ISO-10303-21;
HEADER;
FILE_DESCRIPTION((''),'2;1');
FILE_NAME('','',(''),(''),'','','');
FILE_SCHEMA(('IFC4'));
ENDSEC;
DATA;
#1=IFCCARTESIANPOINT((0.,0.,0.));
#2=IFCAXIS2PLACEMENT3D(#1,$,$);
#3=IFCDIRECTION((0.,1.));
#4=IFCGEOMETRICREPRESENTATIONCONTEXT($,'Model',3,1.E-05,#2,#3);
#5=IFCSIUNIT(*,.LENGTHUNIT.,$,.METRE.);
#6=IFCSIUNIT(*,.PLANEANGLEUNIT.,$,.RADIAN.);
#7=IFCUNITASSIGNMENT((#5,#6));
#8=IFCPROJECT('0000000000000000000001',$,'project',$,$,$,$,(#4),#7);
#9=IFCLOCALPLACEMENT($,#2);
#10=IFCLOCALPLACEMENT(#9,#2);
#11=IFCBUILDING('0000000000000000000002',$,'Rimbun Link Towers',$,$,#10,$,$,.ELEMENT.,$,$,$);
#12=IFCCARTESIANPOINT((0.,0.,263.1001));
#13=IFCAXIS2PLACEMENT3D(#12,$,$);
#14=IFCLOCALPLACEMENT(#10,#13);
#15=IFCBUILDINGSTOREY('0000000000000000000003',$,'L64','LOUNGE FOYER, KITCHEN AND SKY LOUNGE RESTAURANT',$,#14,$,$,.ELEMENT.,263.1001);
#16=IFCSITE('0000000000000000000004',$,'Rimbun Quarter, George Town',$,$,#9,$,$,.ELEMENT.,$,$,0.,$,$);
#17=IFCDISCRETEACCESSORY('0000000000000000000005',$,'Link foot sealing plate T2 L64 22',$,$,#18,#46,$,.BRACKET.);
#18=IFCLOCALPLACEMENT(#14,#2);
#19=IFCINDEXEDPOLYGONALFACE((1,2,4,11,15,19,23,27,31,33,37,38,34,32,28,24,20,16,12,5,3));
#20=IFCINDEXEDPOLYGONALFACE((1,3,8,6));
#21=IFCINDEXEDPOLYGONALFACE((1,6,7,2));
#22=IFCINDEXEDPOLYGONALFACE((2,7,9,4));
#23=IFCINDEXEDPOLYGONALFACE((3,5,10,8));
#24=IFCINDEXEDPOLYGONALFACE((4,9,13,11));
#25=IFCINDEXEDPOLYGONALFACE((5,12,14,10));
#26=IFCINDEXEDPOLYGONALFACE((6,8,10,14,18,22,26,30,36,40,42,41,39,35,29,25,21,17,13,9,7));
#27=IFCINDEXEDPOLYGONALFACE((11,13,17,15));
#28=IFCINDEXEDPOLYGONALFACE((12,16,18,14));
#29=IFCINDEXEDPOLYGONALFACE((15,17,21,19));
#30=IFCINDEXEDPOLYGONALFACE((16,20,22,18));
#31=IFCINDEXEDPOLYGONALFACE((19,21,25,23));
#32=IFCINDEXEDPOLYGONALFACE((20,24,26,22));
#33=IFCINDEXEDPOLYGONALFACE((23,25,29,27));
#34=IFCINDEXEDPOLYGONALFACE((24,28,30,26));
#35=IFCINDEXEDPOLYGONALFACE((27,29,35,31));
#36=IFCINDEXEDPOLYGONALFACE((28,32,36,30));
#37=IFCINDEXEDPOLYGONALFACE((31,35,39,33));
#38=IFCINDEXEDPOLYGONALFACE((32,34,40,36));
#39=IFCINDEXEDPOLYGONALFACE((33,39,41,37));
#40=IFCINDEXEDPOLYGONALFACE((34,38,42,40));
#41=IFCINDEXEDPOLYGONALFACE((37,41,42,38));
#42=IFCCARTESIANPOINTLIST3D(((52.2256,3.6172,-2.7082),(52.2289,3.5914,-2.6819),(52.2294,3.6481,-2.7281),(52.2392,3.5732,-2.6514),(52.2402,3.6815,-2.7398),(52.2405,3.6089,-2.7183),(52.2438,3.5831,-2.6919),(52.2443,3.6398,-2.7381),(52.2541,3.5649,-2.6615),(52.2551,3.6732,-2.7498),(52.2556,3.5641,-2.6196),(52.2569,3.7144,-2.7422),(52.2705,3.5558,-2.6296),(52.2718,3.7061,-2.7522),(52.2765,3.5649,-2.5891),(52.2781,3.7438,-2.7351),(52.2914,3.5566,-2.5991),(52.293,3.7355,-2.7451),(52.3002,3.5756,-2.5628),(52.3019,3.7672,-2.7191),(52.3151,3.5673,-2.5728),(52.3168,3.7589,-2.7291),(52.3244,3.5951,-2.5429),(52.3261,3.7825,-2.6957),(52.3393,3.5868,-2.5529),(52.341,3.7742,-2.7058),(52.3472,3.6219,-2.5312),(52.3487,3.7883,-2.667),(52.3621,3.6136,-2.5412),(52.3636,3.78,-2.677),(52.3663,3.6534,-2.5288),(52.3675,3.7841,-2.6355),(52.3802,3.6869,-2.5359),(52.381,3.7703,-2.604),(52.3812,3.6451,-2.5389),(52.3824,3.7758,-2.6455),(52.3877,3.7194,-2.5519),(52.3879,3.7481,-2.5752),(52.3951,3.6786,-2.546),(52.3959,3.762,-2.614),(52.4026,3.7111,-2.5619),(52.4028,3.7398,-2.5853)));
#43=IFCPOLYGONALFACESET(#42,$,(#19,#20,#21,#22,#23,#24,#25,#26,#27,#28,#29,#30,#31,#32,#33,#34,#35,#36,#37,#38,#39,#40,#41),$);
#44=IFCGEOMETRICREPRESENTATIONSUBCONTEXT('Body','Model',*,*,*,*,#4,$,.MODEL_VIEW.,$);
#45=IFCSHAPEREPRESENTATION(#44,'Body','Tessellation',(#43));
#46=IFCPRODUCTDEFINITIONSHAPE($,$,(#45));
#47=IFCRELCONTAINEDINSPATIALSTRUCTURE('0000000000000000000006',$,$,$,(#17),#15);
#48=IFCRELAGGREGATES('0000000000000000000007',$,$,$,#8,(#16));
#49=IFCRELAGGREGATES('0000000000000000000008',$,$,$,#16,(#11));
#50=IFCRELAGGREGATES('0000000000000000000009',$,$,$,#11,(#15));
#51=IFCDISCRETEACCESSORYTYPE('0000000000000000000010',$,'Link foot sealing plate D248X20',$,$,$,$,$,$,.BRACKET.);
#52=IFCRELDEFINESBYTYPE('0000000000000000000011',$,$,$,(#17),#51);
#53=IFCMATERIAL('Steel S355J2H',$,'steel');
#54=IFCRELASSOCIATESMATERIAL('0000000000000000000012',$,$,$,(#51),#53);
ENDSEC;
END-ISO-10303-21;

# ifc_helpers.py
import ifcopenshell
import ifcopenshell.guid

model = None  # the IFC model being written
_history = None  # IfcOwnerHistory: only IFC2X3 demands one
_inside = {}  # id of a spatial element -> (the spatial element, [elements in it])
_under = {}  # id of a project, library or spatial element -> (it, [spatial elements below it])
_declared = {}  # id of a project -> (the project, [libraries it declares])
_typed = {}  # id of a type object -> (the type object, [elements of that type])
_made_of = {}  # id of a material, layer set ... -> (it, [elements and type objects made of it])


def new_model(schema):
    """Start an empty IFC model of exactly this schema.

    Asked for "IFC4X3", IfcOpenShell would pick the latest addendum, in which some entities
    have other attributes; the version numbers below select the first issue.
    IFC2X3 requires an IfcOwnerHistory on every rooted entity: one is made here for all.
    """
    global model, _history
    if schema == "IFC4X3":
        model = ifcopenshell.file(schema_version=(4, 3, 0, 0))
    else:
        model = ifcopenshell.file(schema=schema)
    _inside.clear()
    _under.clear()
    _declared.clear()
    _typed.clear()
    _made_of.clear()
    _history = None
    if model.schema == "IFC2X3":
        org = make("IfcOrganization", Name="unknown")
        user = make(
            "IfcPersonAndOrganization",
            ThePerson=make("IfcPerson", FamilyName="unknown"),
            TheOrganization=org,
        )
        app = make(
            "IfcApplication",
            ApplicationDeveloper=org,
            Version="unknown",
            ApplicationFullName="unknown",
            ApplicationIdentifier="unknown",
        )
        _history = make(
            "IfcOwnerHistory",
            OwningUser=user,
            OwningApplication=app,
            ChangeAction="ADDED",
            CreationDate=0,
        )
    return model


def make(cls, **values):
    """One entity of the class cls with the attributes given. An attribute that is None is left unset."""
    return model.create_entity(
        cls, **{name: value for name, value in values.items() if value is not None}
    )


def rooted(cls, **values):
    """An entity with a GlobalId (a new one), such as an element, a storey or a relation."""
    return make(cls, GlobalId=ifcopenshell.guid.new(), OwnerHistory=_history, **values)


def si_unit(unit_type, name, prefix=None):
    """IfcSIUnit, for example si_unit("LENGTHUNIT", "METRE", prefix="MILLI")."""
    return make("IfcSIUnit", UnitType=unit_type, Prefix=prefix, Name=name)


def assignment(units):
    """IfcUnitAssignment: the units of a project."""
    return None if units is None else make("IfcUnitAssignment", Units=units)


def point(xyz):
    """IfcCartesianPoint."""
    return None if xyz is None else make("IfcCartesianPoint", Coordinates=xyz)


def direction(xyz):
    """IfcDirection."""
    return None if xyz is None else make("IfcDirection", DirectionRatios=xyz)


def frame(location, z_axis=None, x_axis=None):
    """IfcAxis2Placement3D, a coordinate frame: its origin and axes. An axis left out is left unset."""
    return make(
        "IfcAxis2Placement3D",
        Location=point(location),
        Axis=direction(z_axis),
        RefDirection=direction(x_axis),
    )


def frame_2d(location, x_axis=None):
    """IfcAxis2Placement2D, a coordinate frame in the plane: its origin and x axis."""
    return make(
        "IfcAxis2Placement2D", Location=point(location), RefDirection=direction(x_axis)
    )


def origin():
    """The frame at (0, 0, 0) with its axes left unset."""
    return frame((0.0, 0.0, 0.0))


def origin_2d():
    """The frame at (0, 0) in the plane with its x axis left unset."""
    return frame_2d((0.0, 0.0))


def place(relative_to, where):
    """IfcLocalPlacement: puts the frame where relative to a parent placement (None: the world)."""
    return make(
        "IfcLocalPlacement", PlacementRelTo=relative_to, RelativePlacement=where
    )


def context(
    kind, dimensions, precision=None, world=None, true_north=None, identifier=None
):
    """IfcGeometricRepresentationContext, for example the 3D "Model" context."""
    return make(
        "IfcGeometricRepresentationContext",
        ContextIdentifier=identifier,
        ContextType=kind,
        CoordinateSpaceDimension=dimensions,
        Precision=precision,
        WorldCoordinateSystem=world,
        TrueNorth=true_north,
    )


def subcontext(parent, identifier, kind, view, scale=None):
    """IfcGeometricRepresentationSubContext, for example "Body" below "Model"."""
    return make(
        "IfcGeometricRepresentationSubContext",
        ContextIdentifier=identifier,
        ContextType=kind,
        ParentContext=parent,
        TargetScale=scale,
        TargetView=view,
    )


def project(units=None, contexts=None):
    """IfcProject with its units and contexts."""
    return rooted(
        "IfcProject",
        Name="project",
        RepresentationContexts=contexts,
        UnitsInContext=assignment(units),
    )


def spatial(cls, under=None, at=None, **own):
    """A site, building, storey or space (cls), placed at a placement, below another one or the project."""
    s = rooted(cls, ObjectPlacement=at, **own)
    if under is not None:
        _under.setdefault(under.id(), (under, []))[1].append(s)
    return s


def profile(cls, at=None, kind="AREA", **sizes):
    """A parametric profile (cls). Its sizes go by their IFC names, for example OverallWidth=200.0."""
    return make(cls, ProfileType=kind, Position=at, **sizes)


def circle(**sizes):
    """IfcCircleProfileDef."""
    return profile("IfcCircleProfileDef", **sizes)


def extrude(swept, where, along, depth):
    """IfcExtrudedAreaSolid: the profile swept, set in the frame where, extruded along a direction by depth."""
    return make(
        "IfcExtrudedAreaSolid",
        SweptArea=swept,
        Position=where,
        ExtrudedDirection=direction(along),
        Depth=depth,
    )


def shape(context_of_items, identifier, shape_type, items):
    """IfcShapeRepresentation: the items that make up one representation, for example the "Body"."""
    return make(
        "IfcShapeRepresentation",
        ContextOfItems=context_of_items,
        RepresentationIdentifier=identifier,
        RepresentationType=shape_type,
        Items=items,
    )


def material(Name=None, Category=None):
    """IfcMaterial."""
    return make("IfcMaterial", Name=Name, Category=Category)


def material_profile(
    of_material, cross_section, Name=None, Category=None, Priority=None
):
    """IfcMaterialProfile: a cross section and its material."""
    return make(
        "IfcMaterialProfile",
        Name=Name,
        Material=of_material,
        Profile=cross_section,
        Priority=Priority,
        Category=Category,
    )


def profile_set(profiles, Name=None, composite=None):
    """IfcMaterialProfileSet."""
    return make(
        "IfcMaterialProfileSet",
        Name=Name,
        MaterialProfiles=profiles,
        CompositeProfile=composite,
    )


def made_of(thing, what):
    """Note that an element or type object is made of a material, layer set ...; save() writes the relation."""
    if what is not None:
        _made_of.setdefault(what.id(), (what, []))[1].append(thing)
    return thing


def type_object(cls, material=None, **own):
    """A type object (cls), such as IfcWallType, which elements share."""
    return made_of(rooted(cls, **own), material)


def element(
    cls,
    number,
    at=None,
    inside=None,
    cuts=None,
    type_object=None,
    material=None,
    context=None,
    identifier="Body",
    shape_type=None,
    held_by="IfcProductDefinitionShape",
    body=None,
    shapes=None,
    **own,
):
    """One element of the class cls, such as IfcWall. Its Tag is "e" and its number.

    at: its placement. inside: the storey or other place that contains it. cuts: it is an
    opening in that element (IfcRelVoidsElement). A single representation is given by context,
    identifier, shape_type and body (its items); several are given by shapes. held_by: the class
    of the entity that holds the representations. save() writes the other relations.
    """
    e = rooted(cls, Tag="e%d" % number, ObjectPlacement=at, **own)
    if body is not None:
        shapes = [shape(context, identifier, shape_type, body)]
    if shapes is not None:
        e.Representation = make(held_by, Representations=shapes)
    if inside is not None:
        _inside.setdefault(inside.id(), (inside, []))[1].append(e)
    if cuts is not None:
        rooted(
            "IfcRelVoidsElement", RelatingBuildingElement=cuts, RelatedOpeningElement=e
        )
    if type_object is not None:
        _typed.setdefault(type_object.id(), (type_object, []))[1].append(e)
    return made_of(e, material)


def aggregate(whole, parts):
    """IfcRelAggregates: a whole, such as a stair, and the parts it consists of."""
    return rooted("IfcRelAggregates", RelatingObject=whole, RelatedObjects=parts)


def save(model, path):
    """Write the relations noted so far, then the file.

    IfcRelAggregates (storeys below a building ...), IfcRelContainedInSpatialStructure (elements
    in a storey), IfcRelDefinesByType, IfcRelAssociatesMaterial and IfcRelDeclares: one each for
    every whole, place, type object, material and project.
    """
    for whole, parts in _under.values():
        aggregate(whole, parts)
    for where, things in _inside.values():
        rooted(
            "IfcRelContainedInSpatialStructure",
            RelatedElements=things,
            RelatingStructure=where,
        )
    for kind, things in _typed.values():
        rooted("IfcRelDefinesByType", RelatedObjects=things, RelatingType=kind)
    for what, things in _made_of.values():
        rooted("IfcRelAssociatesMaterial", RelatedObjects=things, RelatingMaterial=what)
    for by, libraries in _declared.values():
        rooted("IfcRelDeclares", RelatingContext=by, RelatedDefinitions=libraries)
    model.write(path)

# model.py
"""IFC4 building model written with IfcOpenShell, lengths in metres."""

from ifc_helpers import new_model, si_unit, direction, frame, origin, origin_2d, place, context, subcontext, project, spatial, circle, extrude, material, material_profile, profile_set, type_object, element, save


model = new_model("IFC4")

# Units and contexts
model_context = context("Model", 3, precision=1e-05, world=origin(), true_north=direction((0.0, 1.0)))
body_context = subcontext(model_context, "Body", "Model", "MODEL_VIEW")
ifc_project = project(units=[si_unit("LENGTHUNIT", "METRE"), si_unit("PLANEANGLEUNIT", "RADIAN")], contexts=[model_context])

# Site, building, storey
site_placement = place(None, origin())
site = spatial("IfcSite", under=ifc_project, at=site_placement, Name="Rimbun Quarter, George Town", CompositionType="ELEMENT", RefElevation=0.0)
building_placement = place(site_placement, origin())
building = spatial("IfcBuilding", under=site, at=building_placement, Name="Rimbun Link Towers", CompositionType="ELEMENT")
storey_placement = place(building_placement, frame((0.0, 0.0, 263.1001)))
storey = spatial("IfcBuildingStorey", under=building, at=storey_placement, Name="L64", Description="LOUNGE FOYER, KITCHEN AND SKY LOUNGE RESTAURANT", CompositionType="ELEMENT", Elevation=263.1001)

# Discrete accessory
ifc_material_1 = material(Name="Steel S355J2H", Category="steel")
ifc_material_profile_1 = material_profile(ifc_material_1, circle(Radius=0.124, at=origin_2d()), Name="PL D248")
ifc_profile_set_1 = profile_set([ifc_material_profile_1], Name="Steel S355J2H")
discrete_accessory_type = type_object("IfcDiscreteAccessoryType", Name="Link foot sealing plate D248X20", PredefinedType="BRACKET", material=ifc_profile_set_1)
discrete_accessory_placement = place(storey_placement, frame((52.3071, 3.6758, -2.6355), z_axis=(0.753259, -0.419849, -0.506289), x_axis=(0.486858, 0.873481, 0.0)))
element("IfcDiscreteAccessory", 1, at=discrete_accessory_placement, inside=storey, type_object=discrete_accessory_type, Name="Link foot sealing plate T2 L64 22", PredefinedType="BRACKET", context=body_context, shape_type="SweptSolid", body=[
    extrude(circle(Radius=0.124, at=origin_2d()), origin(), (0.0, 0.0, 1.0), 0.0198),
])

save(model, "model.ifc")
